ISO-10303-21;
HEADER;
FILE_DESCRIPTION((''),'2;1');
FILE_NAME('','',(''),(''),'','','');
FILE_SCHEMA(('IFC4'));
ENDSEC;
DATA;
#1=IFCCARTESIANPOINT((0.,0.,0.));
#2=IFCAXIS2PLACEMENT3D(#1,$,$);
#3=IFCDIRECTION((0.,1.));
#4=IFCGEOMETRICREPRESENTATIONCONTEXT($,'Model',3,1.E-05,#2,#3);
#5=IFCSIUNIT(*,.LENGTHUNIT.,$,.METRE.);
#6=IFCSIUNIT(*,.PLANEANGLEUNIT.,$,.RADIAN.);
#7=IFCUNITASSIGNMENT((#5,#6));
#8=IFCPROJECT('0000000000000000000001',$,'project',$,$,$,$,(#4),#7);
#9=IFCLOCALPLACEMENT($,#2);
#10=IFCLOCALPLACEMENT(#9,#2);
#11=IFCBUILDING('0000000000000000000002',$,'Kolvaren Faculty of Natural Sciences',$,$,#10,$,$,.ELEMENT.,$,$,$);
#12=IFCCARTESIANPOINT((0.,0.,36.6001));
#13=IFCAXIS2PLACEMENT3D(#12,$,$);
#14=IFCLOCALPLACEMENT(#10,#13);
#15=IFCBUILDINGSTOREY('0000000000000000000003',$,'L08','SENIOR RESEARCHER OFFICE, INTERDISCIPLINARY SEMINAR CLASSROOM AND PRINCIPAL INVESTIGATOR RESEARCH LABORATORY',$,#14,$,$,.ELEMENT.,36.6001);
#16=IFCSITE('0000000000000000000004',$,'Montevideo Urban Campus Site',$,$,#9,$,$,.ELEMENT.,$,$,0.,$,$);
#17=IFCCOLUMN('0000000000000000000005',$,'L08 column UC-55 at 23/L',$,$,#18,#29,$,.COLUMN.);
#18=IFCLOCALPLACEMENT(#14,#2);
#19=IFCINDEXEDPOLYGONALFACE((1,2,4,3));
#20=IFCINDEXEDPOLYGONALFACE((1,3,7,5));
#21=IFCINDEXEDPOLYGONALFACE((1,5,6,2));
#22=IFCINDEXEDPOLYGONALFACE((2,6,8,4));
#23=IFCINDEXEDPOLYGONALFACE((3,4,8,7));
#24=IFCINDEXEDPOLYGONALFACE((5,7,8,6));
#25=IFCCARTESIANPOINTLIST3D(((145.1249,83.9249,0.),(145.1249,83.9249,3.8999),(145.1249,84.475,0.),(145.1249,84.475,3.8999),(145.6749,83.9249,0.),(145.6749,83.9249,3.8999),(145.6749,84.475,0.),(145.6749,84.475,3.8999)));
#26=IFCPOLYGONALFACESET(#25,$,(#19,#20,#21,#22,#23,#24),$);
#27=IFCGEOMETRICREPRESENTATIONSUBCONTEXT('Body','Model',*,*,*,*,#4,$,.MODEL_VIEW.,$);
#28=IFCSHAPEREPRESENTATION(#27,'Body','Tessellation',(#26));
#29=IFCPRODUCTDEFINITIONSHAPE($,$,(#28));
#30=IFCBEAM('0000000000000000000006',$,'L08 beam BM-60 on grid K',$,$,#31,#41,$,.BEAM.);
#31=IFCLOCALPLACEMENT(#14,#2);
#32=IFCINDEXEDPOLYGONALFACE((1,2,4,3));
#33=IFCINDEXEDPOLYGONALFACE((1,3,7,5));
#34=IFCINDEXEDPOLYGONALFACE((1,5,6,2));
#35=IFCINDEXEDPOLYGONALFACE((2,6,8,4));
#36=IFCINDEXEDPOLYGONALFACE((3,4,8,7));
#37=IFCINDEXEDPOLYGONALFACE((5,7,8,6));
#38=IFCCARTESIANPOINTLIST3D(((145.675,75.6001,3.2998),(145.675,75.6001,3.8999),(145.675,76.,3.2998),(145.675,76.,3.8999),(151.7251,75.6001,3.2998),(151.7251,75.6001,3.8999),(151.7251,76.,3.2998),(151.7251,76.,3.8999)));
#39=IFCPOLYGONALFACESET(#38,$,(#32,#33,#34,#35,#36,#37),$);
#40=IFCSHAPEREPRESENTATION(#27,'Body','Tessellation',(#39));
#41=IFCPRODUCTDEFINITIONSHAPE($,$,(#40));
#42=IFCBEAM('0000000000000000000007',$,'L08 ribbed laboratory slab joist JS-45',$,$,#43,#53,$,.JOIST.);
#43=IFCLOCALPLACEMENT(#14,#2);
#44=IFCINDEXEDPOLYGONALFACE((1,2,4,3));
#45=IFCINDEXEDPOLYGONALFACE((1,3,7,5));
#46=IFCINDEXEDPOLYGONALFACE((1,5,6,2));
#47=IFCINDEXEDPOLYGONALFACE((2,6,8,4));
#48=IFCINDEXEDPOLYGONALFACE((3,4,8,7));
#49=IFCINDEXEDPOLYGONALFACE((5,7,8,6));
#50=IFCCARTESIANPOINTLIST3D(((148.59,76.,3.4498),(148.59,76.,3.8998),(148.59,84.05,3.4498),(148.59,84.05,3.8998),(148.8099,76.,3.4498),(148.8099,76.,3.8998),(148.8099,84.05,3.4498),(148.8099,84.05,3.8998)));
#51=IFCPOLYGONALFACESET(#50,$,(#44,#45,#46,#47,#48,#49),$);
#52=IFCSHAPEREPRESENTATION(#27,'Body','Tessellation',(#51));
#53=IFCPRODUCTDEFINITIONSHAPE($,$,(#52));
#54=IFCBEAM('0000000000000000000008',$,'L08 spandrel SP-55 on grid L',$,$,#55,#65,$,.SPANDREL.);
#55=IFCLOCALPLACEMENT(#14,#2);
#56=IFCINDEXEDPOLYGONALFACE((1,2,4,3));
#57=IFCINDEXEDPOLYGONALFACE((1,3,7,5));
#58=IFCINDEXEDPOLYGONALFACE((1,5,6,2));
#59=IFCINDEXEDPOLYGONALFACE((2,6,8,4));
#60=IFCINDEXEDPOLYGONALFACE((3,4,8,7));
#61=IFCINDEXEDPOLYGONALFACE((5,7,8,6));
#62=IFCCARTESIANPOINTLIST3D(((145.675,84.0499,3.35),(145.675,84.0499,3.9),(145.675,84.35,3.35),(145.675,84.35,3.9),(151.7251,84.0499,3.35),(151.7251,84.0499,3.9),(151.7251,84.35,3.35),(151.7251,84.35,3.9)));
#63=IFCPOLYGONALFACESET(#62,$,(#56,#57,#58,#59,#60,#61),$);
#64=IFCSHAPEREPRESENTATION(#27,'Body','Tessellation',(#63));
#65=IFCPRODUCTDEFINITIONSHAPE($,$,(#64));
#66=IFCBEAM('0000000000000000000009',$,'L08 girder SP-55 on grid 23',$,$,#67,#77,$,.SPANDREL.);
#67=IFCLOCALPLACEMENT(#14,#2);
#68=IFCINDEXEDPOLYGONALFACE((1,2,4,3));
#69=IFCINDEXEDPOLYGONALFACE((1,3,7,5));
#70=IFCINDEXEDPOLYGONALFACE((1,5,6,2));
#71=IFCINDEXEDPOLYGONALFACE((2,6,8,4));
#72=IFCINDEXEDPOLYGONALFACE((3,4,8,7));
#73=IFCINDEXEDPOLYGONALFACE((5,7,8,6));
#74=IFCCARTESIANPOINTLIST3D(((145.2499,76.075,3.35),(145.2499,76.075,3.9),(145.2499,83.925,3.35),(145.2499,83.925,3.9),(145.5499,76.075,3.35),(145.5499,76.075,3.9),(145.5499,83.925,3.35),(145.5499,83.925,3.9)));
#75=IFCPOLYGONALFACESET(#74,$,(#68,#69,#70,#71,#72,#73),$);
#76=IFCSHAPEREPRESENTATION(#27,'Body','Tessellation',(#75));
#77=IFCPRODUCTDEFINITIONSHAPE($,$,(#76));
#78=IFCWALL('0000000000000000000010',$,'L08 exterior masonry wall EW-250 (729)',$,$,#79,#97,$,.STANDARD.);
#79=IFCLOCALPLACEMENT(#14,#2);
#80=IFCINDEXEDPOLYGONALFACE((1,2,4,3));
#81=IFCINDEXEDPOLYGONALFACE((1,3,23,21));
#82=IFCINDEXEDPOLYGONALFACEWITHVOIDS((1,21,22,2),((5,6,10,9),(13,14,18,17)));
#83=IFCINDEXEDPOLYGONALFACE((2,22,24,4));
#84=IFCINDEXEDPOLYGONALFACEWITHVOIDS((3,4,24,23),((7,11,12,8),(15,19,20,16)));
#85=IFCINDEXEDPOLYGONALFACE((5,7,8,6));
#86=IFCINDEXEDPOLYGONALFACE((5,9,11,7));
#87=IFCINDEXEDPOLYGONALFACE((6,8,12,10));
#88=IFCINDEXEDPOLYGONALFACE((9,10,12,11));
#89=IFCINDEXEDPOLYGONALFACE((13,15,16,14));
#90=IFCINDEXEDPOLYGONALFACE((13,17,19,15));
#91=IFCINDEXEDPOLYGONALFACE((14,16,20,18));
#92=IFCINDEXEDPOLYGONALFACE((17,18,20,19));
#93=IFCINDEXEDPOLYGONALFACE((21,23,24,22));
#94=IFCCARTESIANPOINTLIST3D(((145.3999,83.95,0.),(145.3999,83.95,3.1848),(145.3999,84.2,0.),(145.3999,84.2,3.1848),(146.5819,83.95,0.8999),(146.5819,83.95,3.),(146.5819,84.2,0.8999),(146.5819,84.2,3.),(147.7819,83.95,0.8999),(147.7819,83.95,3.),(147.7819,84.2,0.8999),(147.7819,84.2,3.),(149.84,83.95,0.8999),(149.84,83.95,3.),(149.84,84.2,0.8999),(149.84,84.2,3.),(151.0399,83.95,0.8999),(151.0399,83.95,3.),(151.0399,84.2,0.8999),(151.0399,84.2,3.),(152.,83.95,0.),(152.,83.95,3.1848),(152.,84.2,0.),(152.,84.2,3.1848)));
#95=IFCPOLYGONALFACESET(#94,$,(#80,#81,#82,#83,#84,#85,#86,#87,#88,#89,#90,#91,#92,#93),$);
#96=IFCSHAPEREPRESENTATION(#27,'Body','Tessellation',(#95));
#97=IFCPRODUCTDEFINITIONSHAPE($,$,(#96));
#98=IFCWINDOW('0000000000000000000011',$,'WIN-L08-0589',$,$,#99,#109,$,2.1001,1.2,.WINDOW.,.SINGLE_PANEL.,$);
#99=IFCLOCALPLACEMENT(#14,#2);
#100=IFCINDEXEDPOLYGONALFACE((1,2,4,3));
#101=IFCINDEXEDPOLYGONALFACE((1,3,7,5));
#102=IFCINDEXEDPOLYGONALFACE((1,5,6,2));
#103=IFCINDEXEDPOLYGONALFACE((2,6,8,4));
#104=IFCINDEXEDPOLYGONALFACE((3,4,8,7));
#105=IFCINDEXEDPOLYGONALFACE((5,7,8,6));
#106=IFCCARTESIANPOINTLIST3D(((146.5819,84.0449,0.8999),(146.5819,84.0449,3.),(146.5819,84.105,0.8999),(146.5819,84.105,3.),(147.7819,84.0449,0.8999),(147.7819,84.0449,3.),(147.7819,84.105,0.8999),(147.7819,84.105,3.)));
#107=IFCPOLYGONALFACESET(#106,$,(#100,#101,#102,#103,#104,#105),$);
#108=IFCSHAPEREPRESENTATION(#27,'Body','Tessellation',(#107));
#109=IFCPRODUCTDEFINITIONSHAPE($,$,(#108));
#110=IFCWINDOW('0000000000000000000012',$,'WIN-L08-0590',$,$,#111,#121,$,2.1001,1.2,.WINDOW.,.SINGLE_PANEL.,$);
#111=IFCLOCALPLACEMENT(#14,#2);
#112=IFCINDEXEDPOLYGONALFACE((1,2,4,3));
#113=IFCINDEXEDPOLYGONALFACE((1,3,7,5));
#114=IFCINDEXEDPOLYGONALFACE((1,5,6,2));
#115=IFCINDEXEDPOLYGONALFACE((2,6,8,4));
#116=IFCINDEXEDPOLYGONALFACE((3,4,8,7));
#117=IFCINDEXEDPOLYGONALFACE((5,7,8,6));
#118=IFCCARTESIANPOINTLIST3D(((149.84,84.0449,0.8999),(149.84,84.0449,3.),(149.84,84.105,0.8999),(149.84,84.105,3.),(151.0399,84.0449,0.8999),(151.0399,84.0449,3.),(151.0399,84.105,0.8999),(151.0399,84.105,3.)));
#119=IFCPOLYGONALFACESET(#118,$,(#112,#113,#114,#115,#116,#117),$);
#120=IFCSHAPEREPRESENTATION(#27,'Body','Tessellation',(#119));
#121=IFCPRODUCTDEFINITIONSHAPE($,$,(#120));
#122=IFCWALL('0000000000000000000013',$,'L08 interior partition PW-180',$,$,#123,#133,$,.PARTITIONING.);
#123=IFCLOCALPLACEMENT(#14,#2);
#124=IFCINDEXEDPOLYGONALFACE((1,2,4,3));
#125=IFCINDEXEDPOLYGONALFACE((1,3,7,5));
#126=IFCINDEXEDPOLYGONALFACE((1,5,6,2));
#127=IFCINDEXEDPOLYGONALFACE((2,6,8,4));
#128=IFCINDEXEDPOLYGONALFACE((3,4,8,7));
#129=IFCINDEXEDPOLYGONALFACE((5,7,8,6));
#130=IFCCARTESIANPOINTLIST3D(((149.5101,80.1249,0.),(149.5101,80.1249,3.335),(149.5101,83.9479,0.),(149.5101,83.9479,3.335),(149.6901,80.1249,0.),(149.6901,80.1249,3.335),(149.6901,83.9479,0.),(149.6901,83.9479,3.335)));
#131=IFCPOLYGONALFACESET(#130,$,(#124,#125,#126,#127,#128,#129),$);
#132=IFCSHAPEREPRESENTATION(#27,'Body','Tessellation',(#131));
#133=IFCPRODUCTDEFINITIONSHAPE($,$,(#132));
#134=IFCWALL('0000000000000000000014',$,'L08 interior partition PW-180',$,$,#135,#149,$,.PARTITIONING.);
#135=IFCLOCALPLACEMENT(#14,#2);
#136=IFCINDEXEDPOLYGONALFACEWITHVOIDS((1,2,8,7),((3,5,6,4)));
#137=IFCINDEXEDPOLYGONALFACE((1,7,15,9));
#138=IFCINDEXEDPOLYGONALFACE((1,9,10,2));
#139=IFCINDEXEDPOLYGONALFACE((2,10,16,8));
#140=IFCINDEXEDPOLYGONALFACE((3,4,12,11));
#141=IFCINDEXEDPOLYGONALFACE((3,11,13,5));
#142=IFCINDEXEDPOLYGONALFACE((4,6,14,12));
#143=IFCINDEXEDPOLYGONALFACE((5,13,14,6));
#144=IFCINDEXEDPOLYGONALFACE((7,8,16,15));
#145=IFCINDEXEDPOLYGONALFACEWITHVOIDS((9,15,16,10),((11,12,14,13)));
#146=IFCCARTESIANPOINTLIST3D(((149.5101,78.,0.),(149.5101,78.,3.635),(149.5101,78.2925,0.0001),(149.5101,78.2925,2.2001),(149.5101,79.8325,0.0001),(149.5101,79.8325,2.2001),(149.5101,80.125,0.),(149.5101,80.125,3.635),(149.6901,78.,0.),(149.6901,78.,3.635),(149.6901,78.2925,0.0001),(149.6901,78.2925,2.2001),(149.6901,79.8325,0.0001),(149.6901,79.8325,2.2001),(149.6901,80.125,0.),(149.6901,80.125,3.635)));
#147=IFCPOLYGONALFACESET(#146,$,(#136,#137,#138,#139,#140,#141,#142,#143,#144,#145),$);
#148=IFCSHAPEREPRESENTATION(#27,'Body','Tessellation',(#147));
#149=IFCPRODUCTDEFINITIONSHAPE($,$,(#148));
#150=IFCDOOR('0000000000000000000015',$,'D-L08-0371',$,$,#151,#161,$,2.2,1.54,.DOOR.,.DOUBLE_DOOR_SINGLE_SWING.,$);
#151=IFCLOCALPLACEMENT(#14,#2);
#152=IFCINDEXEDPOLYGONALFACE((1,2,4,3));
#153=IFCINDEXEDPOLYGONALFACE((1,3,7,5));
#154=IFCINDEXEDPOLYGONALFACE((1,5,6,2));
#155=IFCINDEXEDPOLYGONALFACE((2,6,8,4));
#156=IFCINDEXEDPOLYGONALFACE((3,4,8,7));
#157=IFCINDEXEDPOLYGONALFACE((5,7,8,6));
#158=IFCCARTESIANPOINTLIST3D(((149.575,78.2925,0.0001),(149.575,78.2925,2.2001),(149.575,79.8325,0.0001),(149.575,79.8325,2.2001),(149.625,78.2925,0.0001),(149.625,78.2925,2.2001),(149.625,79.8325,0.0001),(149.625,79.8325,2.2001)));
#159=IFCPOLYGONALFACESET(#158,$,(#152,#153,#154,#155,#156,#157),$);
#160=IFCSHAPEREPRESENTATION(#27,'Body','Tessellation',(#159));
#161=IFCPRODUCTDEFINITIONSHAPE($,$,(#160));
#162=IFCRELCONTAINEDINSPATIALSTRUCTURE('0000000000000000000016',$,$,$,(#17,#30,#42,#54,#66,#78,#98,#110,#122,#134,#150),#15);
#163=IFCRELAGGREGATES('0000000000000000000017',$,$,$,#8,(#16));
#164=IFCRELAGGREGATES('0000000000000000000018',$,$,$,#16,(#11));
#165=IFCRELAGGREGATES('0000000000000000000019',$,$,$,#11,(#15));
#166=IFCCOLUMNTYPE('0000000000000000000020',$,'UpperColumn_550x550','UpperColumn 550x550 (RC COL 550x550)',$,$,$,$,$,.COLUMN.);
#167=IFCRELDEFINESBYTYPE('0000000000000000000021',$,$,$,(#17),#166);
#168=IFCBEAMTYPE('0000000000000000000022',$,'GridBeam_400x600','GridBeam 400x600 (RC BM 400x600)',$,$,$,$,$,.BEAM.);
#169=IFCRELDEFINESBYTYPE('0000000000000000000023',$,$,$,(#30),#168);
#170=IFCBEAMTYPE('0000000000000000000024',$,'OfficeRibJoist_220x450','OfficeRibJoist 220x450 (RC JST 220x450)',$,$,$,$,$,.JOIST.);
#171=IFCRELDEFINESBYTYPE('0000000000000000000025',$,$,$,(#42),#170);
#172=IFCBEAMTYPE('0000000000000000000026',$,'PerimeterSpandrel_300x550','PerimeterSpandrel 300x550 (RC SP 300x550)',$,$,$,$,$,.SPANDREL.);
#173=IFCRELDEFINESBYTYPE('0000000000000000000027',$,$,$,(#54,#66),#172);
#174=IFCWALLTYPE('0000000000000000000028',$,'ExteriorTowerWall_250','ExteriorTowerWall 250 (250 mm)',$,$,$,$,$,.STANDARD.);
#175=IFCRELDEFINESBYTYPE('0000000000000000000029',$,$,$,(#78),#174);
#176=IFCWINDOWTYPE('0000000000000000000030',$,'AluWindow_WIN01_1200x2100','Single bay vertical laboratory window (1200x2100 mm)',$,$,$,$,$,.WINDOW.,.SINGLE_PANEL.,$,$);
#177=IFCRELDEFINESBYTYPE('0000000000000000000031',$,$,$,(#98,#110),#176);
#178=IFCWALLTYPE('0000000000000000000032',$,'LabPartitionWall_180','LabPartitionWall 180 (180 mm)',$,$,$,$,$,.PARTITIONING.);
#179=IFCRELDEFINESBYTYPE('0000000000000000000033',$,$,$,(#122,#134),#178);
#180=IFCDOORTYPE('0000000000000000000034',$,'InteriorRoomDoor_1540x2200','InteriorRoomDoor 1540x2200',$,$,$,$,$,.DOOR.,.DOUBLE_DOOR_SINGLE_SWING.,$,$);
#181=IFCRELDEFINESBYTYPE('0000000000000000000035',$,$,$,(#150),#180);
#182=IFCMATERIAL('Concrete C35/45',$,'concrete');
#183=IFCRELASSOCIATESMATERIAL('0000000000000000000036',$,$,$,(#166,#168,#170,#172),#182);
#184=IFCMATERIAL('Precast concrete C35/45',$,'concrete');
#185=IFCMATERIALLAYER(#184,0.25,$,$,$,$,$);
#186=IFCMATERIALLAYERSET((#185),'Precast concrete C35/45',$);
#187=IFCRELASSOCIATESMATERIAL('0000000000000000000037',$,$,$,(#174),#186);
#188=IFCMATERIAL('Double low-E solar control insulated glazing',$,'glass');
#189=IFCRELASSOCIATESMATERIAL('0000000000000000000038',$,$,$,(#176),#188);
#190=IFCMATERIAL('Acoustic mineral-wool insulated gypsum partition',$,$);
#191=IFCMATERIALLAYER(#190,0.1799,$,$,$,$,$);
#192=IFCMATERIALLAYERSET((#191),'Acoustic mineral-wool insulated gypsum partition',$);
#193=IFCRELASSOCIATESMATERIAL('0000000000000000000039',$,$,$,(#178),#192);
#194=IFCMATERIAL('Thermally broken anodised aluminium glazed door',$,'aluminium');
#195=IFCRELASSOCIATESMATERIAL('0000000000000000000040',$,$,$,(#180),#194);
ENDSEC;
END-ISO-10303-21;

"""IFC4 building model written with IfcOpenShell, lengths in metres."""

from ifc_helpers import new_model, si_unit, direction, frame, frame_2d, origin, origin_2d, place, context, subcontext, project, spatial, rectangle, extrude, material, layer, layer_set, material_profile, profile_set, type_object, element, fill, save


model = new_model("IFC4")

# Units and contexts
model_context = context("Model", 3, precision=1e-05, world=origin(), true_north=direction((0.0, 1.0)))
body_context = subcontext(model_context, "Body", "Model", "MODEL_VIEW")
ifc_project = project(units=[si_unit("LENGTHUNIT", "METRE"), si_unit("PLANEANGLEUNIT", "RADIAN")], contexts=[model_context])

# Site, building, storey
site_placement = place(None, origin())
site = spatial("IfcSite", under=ifc_project, at=site_placement, Name="Montevideo Urban Campus Site", CompositionType="ELEMENT", RefElevation=0.0)
building_placement = place(site_placement, origin())
building = spatial("IfcBuilding", under=site, at=building_placement, Name="Kolvaren Faculty of Natural Sciences", CompositionType="ELEMENT")
storey_placement = place(building_placement, frame((0.0, 0.0, 36.6001)))
storey = spatial("IfcBuildingStorey", under=building, at=storey_placement, Name="L08", Description="SENIOR RESEARCHER OFFICE, INTERDISCIPLINARY SEMINAR CLASSROOM AND PRINCIPAL INVESTIGATOR RESEARCH LABORATORY", CompositionType="ELEMENT", Elevation=36.6001)

# Column
ifc_material_1 = material(Name="Concrete C35/45", Category="concrete")
ifc_material_profile_1 = material_profile(ifc_material_1, rectangle(XDim=0.55, YDim=0.55, at=origin_2d()), Name="RC COL 550x550")
ifc_profile_set_1 = profile_set([ifc_material_profile_1], Name="Concrete C35/45")
column_type = type_object("IfcColumnType", Name="UpperColumn_550x550", Description="UpperColumn 550x550 (RC COL 550x550)", PredefinedType="COLUMN", material=ifc_profile_set_1)
column_placement = place(storey_placement, frame((145.3999, 84.2, 0.0), z_axis=(0.0, 0.0, 1.0), x_axis=(1.0, 0.0, 0.0)))
element("IfcColumn", 1, at=column_placement, inside=storey, type_object=column_type, Name="L08 column UC-55 at 23/L", PredefinedType="COLUMN", context=body_context, shape_type="SweptSolid", body=[
    extrude(rectangle(XDim=0.55, YDim=0.55, at=origin_2d()), origin(), (0.0, 0.0, 1.0), 3.8999),
])

# Beams
ifc_material_profile_2 = material_profile(ifc_material_1, rectangle(XDim=0.3999, YDim=0.6001, at=origin_2d()), Name="RC BM 400x600")
ifc_profile_set_2 = profile_set([ifc_material_profile_2], Name="Concrete C35/45")
beam_type_1 = type_object("IfcBeamType", Name="GridBeam_400x600", Description="GridBeam 400x600 (RC BM 400x600)", PredefinedType="BEAM", material=ifc_profile_set_2)
beam_1_placement = place(storey_placement, frame((145.675, 75.8, 3.5999), z_axis=(1.0, 0.0, 0.0), x_axis=(0.0, 1.0, 0.0)))
element("IfcBeam", 2, at=beam_1_placement, inside=storey, type_object=beam_type_1, Name="L08 beam BM-60 on grid K", PredefinedType="BEAM", context=body_context, shape_type="SweptSolid", body=[
    extrude(rectangle(XDim=0.3999, YDim=0.6001, at=origin_2d()), origin(), (0.0, 0.0, 1.0), 6.05),
])
ifc_material_profile_3 = material_profile(ifc_material_1, rectangle(XDim=0.22, YDim=0.45, at=origin_2d()), Name="RC JST 220x450")
ifc_profile_set_3 = profile_set([ifc_material_profile_3], Name="Concrete C35/45")
beam_type_2 = type_object("IfcBeamType", Name="OfficeRibJoist_220x450", Description="OfficeRibJoist 220x450 (RC JST 220x450)", PredefinedType="JOIST", material=ifc_profile_set_3)
beam_2_placement = place(storey_placement, frame((148.7, 76.0, 3.6748), z_axis=(0.0, 1.0, 0.0), x_axis=(-1.0, 0.0, 0.0)))
element("IfcBeam", 3, at=beam_2_placement, inside=storey, type_object=beam_type_2, Name="L08 ribbed laboratory slab joist JS-45", PredefinedType="JOIST", context=body_context, shape_type="SweptSolid", body=[
    extrude(rectangle(XDim=0.22, YDim=0.45, at=origin_2d()), origin(), (0.0, 0.0, 1.0), 8.05),
])
ifc_material_profile_4 = material_profile(ifc_material_1, rectangle(XDim=0.3, YDim=0.55, at=origin_2d()), Name="RC SP 300x550")
ifc_profile_set_4 = profile_set([ifc_material_profile_4], Name="Concrete C35/45")
beam_type_3 = type_object("IfcBeamType", Name="PerimeterSpandrel_300x550", Description="PerimeterSpandrel 300x550 (RC SP 300x550)", PredefinedType="SPANDREL", material=ifc_profile_set_4)
beam_3_placement = place(storey_placement, frame((145.675, 84.2, 3.625), z_axis=(1.0, 0.0, 0.0), x_axis=(0.0, 1.0, 0.0)))
element("IfcBeam", 4, at=beam_3_placement, inside=storey, type_object=beam_type_3, Name="L08 spandrel SP-55 on grid L", PredefinedType="SPANDREL", context=body_context, shape_type="SweptSolid", body=[
    extrude(rectangle(XDim=0.3, YDim=0.55, at=origin_2d()), origin(), (0.0, 0.0, 1.0), 6.05),
])
beam_4_placement = place(storey_placement, frame((145.3999, 76.075, 3.625), z_axis=(0.0, 1.0, 0.0), x_axis=(-1.0, 0.0, 0.0)))
element("IfcBeam", 5, at=beam_4_placement, inside=storey, type_object=beam_type_3, Name="L08 girder SP-55 on grid 23", PredefinedType="SPANDREL", context=body_context, shape_type="SweptSolid", body=[
    extrude(rectangle(XDim=0.3, YDim=0.55, at=origin_2d()), origin(), (0.0, 0.0, 1.0), 7.8501),
])

# Wall, openings, windows
ifc_material_2 = material(Name="Precast concrete C35/45", Category="concrete")
ifc_layer_1 = layer(ifc_material_2, 0.25)
ifc_layer_set_1 = layer_set([ifc_layer_1], Name="Precast concrete C35/45")
wall_type_1 = type_object("IfcWallType", Name="ExteriorTowerWall_250", Description="ExteriorTowerWall 250 (250 mm)", PredefinedType="STANDARD", material=ifc_layer_set_1)
wall_1_placement = place(storey_placement, frame((145.3999, 84.075, 0.0), z_axis=(0.0, 0.0, 1.0), x_axis=(1.0, 0.0, 0.0)))
wall_1 = element("IfcWall", 6, at=wall_1_placement, inside=storey, type_object=wall_type_1, Name="L08 exterior masonry wall EW-250 (729)", PredefinedType="STANDARD", context=body_context, shape_type="SweptSolid", body=[
    extrude(rectangle(XDim=6.6001, YDim=0.25, at=frame_2d((3.3, 0.0))), origin(), (0.0, 0.0, 1.0), 3.1848),
])
opening_1_placement = place(wall_1_placement, frame((1.1819, 0.0, 0.8999)))
opening_1 = element("IfcOpeningElement", 7, at=opening_1_placement, cuts=wall_1, PredefinedType="OPENING", context=body_context, shape_type="SweptSolid", body=[
    extrude(rectangle(XDim=1.2, YDim=2.1001, at=frame_2d((0.6001, 1.05))), frame((0.0, 0.135, 0.0), z_axis=(0.0, -1.0, 0.0), x_axis=(1.0, 0.0, 0.0)), (0.0, 0.0, 1.0), 0.27),
])
opening_2_placement = place(wall_1_placement, frame((4.4399, 0.0, 0.8999)))
opening_2 = element("IfcOpeningElement", 8, at=opening_2_placement, cuts=wall_1, PredefinedType="OPENING", context=body_context, shape_type="SweptSolid", body=[
    extrude(rectangle(XDim=1.2, YDim=2.1001, at=frame_2d((0.6001, 1.05))), frame((0.0, 0.135, 0.0), z_axis=(0.0, -1.0, 0.0), x_axis=(1.0, 0.0, 0.0)), (0.0, 0.0, 1.0), 0.27),
])
ifc_material_3 = material(Name="Double low-E solar control insulated glazing", Category="glass")
window_type = type_object("IfcWindowType", Name="AluWindow_WIN01_1200x2100", Description="Single bay vertical laboratory window (1200x2100 mm)", PartitioningType="SINGLE_PANEL", PredefinedType="WINDOW", material=ifc_material_3)
window_1_placement = place(opening_1_placement, origin())
window_1 = element("IfcWindow", 9, at=window_1_placement, inside=storey, type_object=window_type, Name="WIN-L08-0589", OverallHeight=2.1001, OverallWidth=1.2, PartitioningType="SINGLE_PANEL", PredefinedType="WINDOW", context=body_context, shape_type="SweptSolid", body=[
    extrude(rectangle(XDim=1.2, YDim=2.1001, at=frame_2d((0.6001, 1.05))), frame((0.0, 0.03, 0.0), z_axis=(0.0, -1.0, 0.0), x_axis=(1.0, 0.0, 0.0)), (0.0, 0.0, 1.0), 0.0601),
])
fill(opening_1, window_1)
window_2_placement = place(opening_2_placement, origin())
window_2 = element("IfcWindow", 10, at=window_2_placement, inside=storey, type_object=window_type, Name="WIN-L08-0590", OverallHeight=2.1001, OverallWidth=1.2, PartitioningType="SINGLE_PANEL", PredefinedType="WINDOW", context=body_context, shape_type="SweptSolid", body=[
    extrude(rectangle(XDim=1.2, YDim=2.1001, at=frame_2d((0.6001, 1.05))), frame((0.0, 0.03, 0.0), z_axis=(0.0, -1.0, 0.0), x_axis=(1.0, 0.0, 0.0)), (0.0, 0.0, 1.0), 0.0601),
])
fill(opening_2, window_2)

# Wall
ifc_material_4 = material(Name="Acoustic mineral-wool insulated gypsum partition")
ifc_layer_2 = layer(ifc_material_4, 0.1799)
ifc_layer_set_2 = layer_set([ifc_layer_2], Name="Acoustic mineral-wool insulated gypsum partition")
wall_type_2 = type_object("IfcWallType", Name="LabPartitionWall_180", Description="LabPartitionWall 180 (180 mm)", PredefinedType="PARTITIONING", material=ifc_layer_set_2)
wall_2_placement = place(storey_placement, frame((149.6001, 83.948, 0.0), z_axis=(0.0, 0.0, 1.0), x_axis=(0.0, -1.0, 0.0)))
element("IfcWall", 11, at=wall_2_placement, inside=storey, type_object=wall_type_2, Name="L08 interior partition PW-180", PredefinedType="PARTITIONING", context=body_context, shape_type="SweptSolid", body=[
    extrude(rectangle(XDim=3.823, YDim=0.1799, at=frame_2d((1.9116, 0.0))), origin(), (0.0, 0.0, 1.0), 3.335),
])

# Wall, opening, door
wall_3_placement = place(storey_placement, frame((149.6001, 80.125, 0.0), z_axis=(0.0, 0.0, 1.0), x_axis=(0.0, -1.0, 0.0)))
wall_3 = element("IfcWall", 12, at=wall_3_placement, inside=storey, type_object=wall_type_2, Name="L08 interior partition PW-180", PredefinedType="PARTITIONING", context=body_context, shape_type="SweptSolid", body=[
    extrude(rectangle(XDim=2.125, YDim=0.1799, at=frame_2d((1.0625, 0.0))), origin(), (0.0, 0.0, 1.0), 3.635),
])
opening_3_placement = place(wall_3_placement, frame((0.2925, 0.0, 0.0)))
opening_3 = element("IfcOpeningElement", 13, at=opening_3_placement, cuts=wall_3, PredefinedType="OPENING", context=body_context, shape_type="SweptSolid", body=[
    extrude(rectangle(XDim=1.54, YDim=2.2, at=frame_2d((0.77, 1.1001))), frame((0.0, 0.0999, 0.0), z_axis=(0.0, -1.0, 0.0), x_axis=(1.0, 0.0, 0.0)), (0.0, 0.0, 1.0), 0.2),
])
ifc_material_5 = material(Name="Thermally broken anodised aluminium glazed door", Category="aluminium")
door_type_1 = type_object("IfcDoorType", Name="InteriorRoomDoor_1540x2200", Description="InteriorRoomDoor 1540x2200", OperationType="DOUBLE_DOOR_SINGLE_SWING", PredefinedType="DOOR", material=ifc_material_5)
door_1_placement = place(opening_3_placement, origin())
door_1 = element("IfcDoor", 14, at=door_1_placement, inside=storey, type_object=door_type_1, Name="D-L08-0371", OperationType="DOUBLE_DOOR_SINGLE_SWING", OverallHeight=2.2, OverallWidth=1.54, PredefinedType="DOOR", context=body_context, shape_type="SweptSolid", body=[
    extrude(rectangle(XDim=1.54, YDim=2.2, at=frame_2d((0.77, 1.1001))), frame((0.0, 0.0249, 0.0), z_axis=(0.0, -1.0, 0.0), x_axis=(1.0, 0.0, 0.0)), (0.0, 0.0, 1.0), 0.05),
])
fill(opening_3, door_1)

save(model, "model.ifc")
